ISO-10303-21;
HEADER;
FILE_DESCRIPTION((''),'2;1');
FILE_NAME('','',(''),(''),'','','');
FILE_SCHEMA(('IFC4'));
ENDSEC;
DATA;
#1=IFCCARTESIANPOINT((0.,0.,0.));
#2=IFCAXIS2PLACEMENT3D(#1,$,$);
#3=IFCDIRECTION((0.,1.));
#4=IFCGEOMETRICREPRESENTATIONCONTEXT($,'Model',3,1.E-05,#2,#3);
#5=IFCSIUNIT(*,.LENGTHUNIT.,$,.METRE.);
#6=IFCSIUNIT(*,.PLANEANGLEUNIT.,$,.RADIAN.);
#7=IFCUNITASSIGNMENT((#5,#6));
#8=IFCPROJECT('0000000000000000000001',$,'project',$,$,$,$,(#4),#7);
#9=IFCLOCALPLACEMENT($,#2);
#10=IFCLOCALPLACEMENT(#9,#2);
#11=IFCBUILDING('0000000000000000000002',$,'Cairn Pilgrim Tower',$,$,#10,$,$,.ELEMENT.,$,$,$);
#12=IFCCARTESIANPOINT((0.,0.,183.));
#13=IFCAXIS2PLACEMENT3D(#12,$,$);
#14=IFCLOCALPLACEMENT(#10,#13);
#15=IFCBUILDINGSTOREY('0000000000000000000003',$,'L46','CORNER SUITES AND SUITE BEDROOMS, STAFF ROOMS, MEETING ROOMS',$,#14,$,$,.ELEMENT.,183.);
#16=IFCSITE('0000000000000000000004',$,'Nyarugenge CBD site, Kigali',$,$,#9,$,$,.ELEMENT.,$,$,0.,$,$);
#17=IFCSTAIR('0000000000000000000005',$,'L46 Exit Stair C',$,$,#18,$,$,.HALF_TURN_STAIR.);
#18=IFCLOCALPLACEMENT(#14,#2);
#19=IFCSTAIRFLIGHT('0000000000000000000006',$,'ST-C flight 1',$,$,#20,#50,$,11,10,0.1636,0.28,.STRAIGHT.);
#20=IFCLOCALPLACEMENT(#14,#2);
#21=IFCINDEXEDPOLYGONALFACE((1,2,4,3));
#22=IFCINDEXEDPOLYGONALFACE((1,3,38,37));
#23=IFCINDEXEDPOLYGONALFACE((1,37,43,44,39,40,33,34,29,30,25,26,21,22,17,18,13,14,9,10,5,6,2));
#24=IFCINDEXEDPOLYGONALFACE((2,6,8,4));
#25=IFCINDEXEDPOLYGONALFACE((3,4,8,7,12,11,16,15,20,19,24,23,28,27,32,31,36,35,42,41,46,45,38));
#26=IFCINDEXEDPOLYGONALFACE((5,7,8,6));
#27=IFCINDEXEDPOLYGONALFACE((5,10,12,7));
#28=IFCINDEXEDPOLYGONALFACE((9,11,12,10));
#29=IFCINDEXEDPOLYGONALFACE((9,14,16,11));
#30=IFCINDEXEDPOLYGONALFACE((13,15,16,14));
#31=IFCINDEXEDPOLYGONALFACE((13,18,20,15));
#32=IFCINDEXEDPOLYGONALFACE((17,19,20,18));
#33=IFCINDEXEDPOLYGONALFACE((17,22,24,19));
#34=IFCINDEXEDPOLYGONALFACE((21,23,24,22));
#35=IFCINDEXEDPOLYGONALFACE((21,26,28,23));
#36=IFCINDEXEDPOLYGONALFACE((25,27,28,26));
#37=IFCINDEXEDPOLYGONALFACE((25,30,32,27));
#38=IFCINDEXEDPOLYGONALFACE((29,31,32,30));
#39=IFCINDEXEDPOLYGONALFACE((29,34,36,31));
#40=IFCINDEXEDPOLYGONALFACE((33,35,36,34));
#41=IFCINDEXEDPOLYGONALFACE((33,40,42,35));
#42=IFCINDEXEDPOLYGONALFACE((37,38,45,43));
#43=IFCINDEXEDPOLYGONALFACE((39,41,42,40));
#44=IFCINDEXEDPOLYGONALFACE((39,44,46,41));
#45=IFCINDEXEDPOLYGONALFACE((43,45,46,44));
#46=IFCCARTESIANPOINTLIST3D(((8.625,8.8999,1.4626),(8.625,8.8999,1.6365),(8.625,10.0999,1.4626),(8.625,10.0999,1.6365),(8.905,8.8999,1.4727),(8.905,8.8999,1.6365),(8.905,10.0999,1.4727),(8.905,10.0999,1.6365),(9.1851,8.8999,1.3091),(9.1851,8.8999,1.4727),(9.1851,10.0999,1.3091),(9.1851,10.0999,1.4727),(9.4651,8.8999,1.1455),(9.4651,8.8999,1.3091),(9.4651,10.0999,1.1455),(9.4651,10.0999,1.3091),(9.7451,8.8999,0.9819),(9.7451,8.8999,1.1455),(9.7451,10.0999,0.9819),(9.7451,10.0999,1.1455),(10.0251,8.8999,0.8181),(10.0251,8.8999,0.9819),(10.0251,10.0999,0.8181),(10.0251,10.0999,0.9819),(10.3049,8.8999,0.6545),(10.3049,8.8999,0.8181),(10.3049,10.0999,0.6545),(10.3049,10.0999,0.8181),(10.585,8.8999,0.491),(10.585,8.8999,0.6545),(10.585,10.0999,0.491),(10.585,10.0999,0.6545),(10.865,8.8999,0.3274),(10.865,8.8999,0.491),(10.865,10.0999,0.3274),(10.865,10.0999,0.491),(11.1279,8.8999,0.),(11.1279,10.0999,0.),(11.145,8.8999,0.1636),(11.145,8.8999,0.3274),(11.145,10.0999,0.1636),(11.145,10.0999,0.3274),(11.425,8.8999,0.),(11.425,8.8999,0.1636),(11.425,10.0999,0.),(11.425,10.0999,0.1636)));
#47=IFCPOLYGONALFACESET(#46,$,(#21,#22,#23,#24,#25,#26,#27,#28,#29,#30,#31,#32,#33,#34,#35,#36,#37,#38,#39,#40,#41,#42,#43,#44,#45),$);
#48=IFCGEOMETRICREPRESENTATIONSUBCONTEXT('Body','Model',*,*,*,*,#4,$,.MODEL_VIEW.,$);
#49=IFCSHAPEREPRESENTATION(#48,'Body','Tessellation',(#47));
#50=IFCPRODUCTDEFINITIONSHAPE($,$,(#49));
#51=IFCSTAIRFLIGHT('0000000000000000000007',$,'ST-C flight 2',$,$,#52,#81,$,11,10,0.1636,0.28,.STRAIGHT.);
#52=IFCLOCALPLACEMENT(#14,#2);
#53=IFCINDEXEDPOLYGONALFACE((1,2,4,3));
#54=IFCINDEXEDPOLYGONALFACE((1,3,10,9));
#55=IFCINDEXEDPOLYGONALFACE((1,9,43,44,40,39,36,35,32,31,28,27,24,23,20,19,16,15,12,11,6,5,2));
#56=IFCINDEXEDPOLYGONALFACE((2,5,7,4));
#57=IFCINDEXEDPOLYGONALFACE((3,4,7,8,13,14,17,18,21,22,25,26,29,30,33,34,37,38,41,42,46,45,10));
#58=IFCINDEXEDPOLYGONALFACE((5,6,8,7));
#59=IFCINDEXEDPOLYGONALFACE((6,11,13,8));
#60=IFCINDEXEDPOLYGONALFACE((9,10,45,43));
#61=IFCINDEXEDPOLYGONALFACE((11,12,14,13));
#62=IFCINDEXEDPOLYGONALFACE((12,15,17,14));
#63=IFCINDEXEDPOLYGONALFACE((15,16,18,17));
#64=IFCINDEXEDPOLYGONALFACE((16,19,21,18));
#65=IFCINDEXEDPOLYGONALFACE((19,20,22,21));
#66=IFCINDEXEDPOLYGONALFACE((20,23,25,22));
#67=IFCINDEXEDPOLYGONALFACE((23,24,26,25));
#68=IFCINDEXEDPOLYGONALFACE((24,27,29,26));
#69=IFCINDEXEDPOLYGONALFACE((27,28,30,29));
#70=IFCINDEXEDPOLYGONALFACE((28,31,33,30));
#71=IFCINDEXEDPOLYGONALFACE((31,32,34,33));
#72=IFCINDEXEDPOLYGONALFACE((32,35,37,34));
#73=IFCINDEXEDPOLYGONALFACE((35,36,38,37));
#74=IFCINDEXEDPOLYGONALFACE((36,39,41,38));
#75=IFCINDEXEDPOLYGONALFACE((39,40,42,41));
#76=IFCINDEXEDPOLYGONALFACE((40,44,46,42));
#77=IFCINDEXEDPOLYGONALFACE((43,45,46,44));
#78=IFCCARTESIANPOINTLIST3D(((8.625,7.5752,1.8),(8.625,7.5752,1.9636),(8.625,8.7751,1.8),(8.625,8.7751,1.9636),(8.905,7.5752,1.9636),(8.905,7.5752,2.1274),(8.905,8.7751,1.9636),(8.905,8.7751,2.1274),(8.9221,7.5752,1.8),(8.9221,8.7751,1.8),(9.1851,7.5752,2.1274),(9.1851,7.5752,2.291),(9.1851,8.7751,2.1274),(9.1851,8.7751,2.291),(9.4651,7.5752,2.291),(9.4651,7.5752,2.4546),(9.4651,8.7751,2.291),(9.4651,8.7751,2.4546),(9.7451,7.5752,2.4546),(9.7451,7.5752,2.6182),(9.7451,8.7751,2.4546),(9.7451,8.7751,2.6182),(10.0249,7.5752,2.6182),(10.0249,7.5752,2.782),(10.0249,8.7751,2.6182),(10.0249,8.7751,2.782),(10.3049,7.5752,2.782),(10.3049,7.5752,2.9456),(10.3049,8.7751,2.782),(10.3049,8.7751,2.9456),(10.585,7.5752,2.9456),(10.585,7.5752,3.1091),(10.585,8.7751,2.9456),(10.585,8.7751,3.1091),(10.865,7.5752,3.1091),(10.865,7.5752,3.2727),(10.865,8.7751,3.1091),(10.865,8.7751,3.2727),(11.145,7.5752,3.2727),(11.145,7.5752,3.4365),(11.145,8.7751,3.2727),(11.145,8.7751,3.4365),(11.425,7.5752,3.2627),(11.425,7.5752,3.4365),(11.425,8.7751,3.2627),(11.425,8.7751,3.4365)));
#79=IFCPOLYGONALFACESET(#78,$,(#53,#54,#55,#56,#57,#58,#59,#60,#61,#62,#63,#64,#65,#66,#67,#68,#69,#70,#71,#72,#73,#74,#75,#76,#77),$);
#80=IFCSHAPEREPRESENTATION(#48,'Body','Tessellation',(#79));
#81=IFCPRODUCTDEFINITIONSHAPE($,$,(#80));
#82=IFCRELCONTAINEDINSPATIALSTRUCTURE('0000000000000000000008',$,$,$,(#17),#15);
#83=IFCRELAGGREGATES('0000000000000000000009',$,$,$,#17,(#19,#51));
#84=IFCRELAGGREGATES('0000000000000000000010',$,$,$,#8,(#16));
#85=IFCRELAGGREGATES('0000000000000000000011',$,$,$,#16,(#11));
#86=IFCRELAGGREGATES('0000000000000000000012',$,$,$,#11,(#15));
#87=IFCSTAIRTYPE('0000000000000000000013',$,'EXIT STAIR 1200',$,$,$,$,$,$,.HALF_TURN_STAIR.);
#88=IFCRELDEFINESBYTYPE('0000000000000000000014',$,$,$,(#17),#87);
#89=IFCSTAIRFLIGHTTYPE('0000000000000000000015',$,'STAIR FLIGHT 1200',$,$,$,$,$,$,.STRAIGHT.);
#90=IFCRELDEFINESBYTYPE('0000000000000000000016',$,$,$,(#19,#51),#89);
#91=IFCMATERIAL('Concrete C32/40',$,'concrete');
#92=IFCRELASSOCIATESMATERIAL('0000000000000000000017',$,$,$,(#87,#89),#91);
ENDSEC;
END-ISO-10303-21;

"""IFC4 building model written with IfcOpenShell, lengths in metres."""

from ifc_helpers import new_model, si_unit, direction, frame, origin, place, context, subcontext, project, spatial, polyline, outline, extrude, material, type_object, element, aggregate, save


model = new_model("IFC4")

# Units and contexts
model_context = context("Model", 3, precision=1e-05, world=origin(), true_north=direction((0.0, 1.0)))
body_context = subcontext(model_context, "Body", "Model", "MODEL_VIEW")
ifc_project = project(units=[si_unit("LENGTHUNIT", "METRE"), si_unit("PLANEANGLEUNIT", "RADIAN")], contexts=[model_context])

# Site, building, storey
site_placement = place(None, origin())
site = spatial("IfcSite", under=ifc_project, at=site_placement, Name="Nyarugenge CBD site, Kigali", CompositionType="ELEMENT", RefElevation=0.0)
building_placement = place(site_placement, origin())
building = spatial("IfcBuilding", under=site, at=building_placement, Name="Cairn Pilgrim Tower", CompositionType="ELEMENT")
storey_placement = place(building_placement, frame((0.0, 0.0, 183.0)))
storey = spatial("IfcBuildingStorey", under=building, at=storey_placement, Name="L46", Description="CORNER SUITES AND SUITE BEDROOMS, STAFF ROOMS, MEETING ROOMS", CompositionType="ELEMENT", Elevation=183.0)

# Shared definitions
ifc_material_1 = material(Name="Concrete C32/40", Category="concrete")

# Stair, stair flights
stair_type = type_object("IfcStairType", Name="EXIT STAIR 1200", PredefinedType="HALF_TURN_STAIR", material=ifc_material_1)
stair_placement = place(storey_placement, origin())
stair = element("IfcStair", 1, at=stair_placement, inside=storey, type_object=stair_type, Name="L46 Exit Stair C", PredefinedType="HALF_TURN_STAIR")
stair_flight_type = type_object("IfcStairFlightType", Name="STAIR FLIGHT 1200", PredefinedType="STRAIGHT", material=ifc_material_1)
stair_flight_1_placement = place(storey_placement, frame((11.425, 9.5, 0.0), z_axis=(0.0, 0.0, 1.0), x_axis=(-1.0, 0.0, 0.0)))
stair_flight_1 = element("IfcStairFlight", 2, at=stair_flight_1_placement, type_object=stair_flight_type, Name="ST-C flight 1", NumberOfRisers=11, NumberOfTreads=10, PredefinedType="STRAIGHT", RiserHeight=0.1636, TreadLength=0.28, context=body_context, shape_type="SweptSolid", body=[
    extrude(outline(polyline([(0.0, 0.0), (0.0, 0.1636), (0.28, 0.1636), (0.28, 0.3274), (0.5601, 0.3274), (0.5601, 0.491), (0.8401, 0.491), (0.8401, 0.6545), (1.1201, 0.6545), (1.1201, 0.8181), (1.3999, 0.8181), (1.3999, 0.9819), (1.6799, 0.9819), (1.6799, 1.1455), (1.96, 1.1455), (1.96, 1.3091), (2.24, 1.3091), (2.24, 1.4727), (2.52, 1.4727), (2.52, 1.6365), (2.8, 1.6365), (2.8, 1.8), (2.8, 1.4626), (0.2971, 0.0), (0.0, 0.0)])), frame((0.0, 0.6001, 0.0), z_axis=(0.0, -1.0, 0.0), x_axis=(1.0, 0.0, 0.0)), (0.0, 0.0, 1.0), 1.2),
])
stair_flight_2_placement = place(storey_placement, frame((8.625, 8.175, 1.8), z_axis=(0.0, 0.0, 1.0), x_axis=(1.0, 0.0, 0.0)))
stair_flight_2 = element("IfcStairFlight", 3, at=stair_flight_2_placement, type_object=stair_flight_type, Name="ST-C flight 2", NumberOfRisers=11, NumberOfTreads=10, PredefinedType="STRAIGHT", RiserHeight=0.1636, TreadLength=0.28, context=body_context, shape_type="SweptSolid", body=[
    extrude(outline(polyline([(0.0, 0.0), (0.0, 0.1636), (0.28, 0.1636), (0.28, 0.3274), (0.5601, 0.3274), (0.5601, 0.491), (0.8401, 0.491), (0.8401, 0.6545), (1.1201, 0.6545), (1.1201, 0.8181), (1.3999, 0.8181), (1.3999, 0.9819), (1.6799, 0.9819), (1.6799, 1.1455), (1.96, 1.1455), (1.96, 1.3091), (2.24, 1.3091), (2.24, 1.4727), (2.52, 1.4727), (2.52, 1.6365), (2.8, 1.6365), (2.8, 1.8), (2.8, 1.4626), (0.2971, 0.0), (0.0, 0.0)])), frame((0.0, 0.6001, 0.0), z_axis=(0.0, -1.0, 0.0), x_axis=(1.0, 0.0, 0.0)), (0.0, 0.0, 1.0), 1.2),
])
aggregate(stair, [stair_flight_1, stair_flight_2])

save(model, "model.ifc")
